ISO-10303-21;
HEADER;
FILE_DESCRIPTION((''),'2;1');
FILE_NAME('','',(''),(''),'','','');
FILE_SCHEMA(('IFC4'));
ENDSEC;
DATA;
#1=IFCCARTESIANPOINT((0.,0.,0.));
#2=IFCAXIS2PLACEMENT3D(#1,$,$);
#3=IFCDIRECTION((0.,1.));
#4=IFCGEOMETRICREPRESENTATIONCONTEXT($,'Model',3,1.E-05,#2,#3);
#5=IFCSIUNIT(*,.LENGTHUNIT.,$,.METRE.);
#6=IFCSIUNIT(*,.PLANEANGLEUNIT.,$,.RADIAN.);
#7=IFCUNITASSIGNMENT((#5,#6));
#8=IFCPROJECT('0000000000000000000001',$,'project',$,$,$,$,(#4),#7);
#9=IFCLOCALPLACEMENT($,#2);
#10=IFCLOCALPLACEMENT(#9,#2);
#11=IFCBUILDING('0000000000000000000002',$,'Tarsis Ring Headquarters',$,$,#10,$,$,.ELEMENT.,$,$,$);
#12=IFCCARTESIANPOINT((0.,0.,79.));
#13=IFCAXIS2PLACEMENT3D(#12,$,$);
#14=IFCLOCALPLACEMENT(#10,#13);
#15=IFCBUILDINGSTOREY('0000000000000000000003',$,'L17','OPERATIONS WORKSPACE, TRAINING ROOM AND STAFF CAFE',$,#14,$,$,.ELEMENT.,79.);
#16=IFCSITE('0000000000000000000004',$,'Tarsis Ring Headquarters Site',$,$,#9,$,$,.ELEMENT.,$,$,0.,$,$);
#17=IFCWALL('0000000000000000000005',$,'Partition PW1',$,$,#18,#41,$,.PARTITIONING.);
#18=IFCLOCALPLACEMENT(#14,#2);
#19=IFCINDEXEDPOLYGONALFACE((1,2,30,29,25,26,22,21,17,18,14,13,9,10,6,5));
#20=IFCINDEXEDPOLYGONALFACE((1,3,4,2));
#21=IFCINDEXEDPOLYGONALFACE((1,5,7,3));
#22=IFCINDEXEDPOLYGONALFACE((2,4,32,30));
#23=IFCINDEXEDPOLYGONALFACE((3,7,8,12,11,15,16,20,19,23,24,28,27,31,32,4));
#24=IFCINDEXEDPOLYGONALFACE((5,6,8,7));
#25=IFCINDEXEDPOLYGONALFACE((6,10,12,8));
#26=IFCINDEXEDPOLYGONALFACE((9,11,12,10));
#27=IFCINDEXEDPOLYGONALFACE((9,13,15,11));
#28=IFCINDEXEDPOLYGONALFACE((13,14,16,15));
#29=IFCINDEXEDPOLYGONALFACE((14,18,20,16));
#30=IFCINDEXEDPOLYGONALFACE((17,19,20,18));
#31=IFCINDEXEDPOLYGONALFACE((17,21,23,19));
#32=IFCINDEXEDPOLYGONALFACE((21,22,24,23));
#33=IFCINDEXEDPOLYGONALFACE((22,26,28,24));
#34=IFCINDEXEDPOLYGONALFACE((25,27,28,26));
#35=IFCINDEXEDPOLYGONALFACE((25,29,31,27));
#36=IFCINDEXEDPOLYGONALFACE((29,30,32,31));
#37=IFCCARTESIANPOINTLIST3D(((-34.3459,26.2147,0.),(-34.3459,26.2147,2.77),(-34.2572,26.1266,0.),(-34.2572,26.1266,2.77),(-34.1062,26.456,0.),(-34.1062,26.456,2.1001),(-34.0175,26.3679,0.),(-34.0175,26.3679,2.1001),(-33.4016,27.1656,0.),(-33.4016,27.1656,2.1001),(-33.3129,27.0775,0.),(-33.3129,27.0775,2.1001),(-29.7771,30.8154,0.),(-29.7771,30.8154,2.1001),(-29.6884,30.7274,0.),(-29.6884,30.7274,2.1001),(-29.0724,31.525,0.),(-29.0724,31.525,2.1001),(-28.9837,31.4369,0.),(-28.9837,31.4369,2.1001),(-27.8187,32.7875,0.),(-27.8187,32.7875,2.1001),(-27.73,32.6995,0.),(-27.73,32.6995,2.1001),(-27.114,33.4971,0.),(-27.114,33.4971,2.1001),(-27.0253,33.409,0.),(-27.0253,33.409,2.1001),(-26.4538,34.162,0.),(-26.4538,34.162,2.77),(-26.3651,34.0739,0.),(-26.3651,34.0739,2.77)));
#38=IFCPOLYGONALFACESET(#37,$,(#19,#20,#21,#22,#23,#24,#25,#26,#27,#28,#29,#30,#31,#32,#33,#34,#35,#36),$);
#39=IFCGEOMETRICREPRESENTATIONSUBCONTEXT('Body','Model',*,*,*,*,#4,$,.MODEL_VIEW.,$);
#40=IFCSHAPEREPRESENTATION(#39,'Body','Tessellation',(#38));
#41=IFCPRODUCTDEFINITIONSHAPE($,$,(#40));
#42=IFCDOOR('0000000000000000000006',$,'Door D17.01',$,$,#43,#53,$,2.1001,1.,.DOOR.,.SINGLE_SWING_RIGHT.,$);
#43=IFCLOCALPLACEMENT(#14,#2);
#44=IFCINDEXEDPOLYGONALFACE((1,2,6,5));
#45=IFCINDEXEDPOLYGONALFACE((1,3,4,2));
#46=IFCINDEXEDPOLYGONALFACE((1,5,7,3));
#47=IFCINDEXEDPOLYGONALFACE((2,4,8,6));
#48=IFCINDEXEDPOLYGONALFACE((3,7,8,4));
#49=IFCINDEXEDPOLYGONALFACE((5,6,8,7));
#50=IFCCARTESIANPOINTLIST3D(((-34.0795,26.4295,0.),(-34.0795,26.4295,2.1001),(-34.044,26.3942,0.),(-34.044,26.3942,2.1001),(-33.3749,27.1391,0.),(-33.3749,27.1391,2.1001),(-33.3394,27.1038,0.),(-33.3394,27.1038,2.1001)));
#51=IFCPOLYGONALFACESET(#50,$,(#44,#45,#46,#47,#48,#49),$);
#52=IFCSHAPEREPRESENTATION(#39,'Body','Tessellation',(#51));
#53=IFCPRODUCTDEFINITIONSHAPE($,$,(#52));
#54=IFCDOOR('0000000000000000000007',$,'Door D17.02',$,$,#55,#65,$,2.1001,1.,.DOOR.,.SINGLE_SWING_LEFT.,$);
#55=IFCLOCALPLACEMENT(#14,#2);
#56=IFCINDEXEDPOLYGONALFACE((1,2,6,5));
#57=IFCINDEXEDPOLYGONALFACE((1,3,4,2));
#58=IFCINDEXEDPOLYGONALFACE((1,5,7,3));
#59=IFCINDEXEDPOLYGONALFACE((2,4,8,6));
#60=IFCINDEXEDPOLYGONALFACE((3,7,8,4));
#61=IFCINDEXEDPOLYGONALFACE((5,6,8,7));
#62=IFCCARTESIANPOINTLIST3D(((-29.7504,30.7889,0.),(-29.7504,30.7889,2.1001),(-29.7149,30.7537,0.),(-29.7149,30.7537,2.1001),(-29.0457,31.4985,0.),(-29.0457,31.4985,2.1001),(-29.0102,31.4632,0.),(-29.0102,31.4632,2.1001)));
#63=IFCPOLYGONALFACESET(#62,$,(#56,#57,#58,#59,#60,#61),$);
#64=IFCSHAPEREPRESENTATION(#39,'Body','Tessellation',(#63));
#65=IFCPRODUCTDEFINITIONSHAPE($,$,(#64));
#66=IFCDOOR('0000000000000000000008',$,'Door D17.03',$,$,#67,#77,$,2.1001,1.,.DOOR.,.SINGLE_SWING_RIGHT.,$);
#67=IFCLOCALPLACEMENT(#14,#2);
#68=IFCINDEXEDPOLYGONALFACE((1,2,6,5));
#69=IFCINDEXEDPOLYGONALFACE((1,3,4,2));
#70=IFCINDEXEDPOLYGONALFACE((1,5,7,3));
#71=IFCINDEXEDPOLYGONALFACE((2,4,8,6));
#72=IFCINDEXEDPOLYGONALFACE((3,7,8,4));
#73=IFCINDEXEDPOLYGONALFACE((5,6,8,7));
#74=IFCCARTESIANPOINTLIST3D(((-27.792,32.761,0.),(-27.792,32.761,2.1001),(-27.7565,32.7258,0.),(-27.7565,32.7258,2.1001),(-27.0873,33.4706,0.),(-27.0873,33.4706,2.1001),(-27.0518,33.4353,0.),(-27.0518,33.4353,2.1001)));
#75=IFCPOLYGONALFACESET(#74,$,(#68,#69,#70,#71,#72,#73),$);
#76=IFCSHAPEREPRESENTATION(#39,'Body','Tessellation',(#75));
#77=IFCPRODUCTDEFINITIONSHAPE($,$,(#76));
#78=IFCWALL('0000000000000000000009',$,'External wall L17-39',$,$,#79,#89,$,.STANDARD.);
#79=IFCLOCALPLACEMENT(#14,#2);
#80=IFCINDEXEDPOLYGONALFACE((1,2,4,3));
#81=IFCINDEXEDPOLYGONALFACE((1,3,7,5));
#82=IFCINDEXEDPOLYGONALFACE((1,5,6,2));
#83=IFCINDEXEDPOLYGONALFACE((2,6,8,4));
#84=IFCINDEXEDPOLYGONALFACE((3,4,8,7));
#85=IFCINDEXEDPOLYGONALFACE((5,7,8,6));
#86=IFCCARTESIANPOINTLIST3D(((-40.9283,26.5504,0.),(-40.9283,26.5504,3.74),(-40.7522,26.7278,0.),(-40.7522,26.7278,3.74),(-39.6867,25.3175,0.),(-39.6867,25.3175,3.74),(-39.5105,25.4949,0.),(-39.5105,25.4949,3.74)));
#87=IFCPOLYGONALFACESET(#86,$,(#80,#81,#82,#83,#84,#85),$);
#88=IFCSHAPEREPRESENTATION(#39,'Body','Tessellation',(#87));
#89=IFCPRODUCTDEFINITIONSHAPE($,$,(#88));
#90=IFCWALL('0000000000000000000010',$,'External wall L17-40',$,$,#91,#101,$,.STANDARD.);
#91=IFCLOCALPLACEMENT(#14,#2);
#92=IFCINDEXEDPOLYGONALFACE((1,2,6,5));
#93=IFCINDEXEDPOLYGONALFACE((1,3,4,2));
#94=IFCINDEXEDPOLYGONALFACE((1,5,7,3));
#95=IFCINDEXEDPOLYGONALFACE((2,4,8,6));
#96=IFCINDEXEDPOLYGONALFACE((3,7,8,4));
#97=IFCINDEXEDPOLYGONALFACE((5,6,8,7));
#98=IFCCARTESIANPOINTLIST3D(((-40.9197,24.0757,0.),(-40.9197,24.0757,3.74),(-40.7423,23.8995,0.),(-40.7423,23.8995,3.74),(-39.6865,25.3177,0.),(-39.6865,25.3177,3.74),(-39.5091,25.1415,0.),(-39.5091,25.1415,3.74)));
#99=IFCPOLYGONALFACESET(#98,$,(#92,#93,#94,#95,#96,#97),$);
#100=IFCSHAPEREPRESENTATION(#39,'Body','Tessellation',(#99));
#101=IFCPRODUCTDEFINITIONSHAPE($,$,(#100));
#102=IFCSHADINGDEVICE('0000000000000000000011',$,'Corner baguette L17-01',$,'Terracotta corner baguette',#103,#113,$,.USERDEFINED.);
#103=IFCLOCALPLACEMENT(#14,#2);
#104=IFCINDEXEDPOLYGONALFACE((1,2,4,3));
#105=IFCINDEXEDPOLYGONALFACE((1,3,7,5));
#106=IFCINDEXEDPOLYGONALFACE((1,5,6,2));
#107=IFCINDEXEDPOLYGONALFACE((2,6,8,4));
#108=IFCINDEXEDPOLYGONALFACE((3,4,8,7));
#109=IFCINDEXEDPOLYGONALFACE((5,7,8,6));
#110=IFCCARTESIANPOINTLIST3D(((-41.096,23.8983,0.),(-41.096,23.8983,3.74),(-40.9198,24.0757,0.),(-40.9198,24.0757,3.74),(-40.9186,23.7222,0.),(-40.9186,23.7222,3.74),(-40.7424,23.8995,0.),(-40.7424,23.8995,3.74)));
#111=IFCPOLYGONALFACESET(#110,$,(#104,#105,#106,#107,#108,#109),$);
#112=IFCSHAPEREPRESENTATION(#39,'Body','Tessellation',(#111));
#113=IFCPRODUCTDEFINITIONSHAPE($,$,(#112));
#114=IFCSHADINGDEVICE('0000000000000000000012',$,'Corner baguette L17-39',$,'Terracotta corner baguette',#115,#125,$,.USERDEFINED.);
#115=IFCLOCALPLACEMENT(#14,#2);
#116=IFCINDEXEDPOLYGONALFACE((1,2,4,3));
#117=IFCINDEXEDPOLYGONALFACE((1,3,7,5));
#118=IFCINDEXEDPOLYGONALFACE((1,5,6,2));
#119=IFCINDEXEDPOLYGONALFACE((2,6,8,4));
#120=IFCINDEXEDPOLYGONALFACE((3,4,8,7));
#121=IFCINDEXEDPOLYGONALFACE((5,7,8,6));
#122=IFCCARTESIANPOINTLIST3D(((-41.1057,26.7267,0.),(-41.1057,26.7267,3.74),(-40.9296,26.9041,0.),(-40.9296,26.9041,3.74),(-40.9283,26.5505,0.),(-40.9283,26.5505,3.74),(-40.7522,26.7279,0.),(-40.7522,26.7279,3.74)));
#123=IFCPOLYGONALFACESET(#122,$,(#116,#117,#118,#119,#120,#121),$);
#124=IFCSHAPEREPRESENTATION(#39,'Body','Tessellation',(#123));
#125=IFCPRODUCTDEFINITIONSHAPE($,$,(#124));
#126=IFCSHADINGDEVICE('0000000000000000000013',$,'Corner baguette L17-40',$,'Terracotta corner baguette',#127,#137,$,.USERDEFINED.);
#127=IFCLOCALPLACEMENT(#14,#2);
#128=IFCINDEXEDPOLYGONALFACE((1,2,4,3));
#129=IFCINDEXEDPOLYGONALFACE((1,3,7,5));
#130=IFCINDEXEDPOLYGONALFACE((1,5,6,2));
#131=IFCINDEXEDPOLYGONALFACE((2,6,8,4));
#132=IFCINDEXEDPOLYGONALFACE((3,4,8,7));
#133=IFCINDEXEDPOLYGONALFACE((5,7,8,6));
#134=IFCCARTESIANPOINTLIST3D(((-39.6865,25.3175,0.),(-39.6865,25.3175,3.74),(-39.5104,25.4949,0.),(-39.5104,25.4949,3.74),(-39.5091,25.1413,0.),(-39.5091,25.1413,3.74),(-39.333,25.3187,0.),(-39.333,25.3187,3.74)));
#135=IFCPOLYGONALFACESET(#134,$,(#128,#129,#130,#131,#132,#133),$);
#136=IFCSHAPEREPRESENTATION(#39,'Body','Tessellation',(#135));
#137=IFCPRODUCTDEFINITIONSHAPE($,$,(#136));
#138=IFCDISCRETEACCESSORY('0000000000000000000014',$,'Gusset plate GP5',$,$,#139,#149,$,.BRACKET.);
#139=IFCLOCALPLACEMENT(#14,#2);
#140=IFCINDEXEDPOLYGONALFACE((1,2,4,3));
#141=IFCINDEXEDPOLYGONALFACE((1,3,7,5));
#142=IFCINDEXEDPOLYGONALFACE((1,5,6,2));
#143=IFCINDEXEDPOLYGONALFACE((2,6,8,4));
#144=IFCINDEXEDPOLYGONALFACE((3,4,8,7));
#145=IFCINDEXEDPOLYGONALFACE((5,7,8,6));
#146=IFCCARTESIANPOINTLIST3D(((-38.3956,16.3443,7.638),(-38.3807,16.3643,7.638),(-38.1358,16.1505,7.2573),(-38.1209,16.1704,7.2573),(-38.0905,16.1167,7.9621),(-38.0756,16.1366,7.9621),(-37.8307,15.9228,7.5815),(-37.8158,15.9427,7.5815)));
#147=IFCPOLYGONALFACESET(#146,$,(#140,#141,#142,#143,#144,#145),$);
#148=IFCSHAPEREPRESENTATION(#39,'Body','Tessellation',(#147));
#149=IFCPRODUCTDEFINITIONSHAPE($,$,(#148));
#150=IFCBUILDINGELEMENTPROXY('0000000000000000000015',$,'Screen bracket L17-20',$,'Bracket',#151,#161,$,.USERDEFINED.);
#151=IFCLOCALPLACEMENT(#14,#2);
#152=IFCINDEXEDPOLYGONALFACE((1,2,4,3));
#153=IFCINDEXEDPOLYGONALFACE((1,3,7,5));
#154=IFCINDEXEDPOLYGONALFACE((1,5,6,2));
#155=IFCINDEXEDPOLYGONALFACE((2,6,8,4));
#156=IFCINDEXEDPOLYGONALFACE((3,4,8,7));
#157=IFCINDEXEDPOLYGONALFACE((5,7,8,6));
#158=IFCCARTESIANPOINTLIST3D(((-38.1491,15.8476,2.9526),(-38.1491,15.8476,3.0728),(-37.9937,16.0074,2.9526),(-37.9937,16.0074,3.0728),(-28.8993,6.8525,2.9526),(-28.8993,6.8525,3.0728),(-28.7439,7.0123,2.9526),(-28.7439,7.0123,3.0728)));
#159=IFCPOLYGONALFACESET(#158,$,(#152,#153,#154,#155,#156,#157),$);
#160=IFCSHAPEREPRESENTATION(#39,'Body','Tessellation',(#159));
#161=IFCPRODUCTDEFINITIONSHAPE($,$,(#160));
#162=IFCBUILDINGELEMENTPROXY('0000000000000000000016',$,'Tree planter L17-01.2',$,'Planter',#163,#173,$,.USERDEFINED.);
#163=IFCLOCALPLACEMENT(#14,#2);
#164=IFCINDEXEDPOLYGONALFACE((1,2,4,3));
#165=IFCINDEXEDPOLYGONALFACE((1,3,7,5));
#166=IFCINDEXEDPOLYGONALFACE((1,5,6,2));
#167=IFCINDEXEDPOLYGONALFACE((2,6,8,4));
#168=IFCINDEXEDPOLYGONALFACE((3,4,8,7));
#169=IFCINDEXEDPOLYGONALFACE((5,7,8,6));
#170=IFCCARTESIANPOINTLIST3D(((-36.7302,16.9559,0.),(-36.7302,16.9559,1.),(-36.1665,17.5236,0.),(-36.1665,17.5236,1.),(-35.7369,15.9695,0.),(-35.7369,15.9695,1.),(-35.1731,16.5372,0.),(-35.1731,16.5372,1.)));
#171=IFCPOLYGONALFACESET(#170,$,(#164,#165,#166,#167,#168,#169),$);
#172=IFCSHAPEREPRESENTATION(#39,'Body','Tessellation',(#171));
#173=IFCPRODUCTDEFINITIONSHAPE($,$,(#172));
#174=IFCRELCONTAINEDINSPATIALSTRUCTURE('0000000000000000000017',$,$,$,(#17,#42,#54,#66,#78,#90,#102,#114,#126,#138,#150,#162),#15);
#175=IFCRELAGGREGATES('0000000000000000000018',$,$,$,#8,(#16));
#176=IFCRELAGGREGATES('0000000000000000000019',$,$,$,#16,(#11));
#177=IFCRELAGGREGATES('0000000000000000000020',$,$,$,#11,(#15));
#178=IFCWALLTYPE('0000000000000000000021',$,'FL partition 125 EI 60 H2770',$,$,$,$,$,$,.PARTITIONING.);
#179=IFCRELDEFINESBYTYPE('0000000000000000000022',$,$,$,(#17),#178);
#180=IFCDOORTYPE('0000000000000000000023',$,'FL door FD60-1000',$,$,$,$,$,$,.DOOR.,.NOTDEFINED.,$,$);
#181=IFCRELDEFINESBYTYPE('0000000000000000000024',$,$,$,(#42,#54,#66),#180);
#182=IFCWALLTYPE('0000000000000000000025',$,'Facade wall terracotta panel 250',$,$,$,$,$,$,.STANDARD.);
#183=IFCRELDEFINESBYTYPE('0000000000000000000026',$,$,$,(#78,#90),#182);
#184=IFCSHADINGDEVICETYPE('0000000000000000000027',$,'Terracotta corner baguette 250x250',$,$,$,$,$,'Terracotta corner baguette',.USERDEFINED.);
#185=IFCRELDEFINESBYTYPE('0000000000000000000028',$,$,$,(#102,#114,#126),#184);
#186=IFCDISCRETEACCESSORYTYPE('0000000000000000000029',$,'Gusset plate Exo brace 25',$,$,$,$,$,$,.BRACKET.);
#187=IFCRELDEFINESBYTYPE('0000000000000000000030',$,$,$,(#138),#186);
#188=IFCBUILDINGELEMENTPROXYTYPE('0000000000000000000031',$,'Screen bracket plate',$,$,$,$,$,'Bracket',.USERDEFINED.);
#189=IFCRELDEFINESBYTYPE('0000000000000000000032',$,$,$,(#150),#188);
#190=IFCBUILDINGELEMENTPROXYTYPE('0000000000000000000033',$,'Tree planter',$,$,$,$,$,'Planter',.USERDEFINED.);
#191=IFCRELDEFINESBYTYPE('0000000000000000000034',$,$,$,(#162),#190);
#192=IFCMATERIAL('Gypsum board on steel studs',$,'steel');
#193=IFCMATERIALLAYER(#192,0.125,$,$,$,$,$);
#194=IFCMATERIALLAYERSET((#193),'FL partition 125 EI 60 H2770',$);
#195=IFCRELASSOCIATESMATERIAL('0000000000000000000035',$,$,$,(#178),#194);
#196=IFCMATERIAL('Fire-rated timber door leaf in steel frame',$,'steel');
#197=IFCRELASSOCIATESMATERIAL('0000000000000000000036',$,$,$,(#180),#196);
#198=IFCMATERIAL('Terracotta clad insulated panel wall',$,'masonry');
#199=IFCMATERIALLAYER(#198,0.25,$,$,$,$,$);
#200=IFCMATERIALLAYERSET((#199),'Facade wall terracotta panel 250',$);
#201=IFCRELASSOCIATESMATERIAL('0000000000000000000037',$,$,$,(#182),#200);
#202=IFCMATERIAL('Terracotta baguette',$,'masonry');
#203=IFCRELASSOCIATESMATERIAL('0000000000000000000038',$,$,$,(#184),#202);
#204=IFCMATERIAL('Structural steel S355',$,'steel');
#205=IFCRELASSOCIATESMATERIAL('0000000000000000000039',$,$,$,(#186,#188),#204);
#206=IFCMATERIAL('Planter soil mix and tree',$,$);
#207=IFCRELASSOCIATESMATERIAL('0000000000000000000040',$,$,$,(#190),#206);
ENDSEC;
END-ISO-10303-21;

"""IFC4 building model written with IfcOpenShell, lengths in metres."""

from ifc_helpers import new_model, si_unit, direction, frame, frame_2d, origin, origin_2d, place, context, subcontext, project, spatial, rectangle, extrude, material, layer, layer_set, material_profile, profile_set, type_object, element, fill, save


model = new_model("IFC4")

# Units and contexts
model_context = context("Model", 3, precision=1e-05, world=origin(), true_north=direction((0.0, 1.0)))
body_context = subcontext(model_context, "Body", "Model", "MODEL_VIEW")
ifc_project = project(units=[si_unit("LENGTHUNIT", "METRE"), si_unit("PLANEANGLEUNIT", "RADIAN")], contexts=[model_context])

# Site, building, storey
site_placement = place(None, origin())
site = spatial("IfcSite", under=ifc_project, at=site_placement, Name="Tarsis Ring Headquarters Site", CompositionType="ELEMENT", RefElevation=0.0)
building_placement = place(site_placement, origin())
building = spatial("IfcBuilding", under=site, at=building_placement, Name="Tarsis Ring Headquarters", CompositionType="ELEMENT")
storey_placement = place(building_placement, frame((0.0, 0.0, 79.0)))
storey = spatial("IfcBuildingStorey", under=building, at=storey_placement, Name="L17", Description="OPERATIONS WORKSPACE, TRAINING ROOM AND STAFF CAFE", CompositionType="ELEMENT", Elevation=79.0)

# Shared definitions
ifc_material_1 = material(Name="Structural steel S355", Category="steel")

# Wall, openings, doors
ifc_material_2 = material(Name="Gypsum board on steel studs", Category="steel")
ifc_layer_1 = layer(ifc_material_2, 0.125)
ifc_layer_set_1 = layer_set([ifc_layer_1], Name="FL partition 125 EI 60 H2770")
wall_type_1 = type_object("IfcWallType", Name="FL partition 125 EI 60 H2770", PredefinedType="PARTITIONING", material=ifc_layer_set_1)
ifc_material_3 = material(Name="Fire-rated timber door leaf in steel frame", Category="steel")
door_type_1 = type_object("IfcDoorType", Name="FL door FD60-1000", OperationType="NOTDEFINED", PredefinedType="DOOR", material=ifc_material_3)
wall_1_placement = place(storey_placement, frame((-34.3015, 26.1707, 0.0), z_axis=(0.0, 0.0, 1.0), x_axis=(0.704639, 0.709566, 0.0)))
wall_1 = element("IfcWall", 1, at=wall_1_placement, inside=storey, type_object=wall_type_1, Name="Partition PW1", PredefinedType="PARTITIONING", context=body_context, shape_type="SweptSolid", body=[
    extrude(rectangle(XDim=11.2002, YDim=0.125, at=frame_2d((5.6001, 0.0))), origin(), (0.0, 0.0, 1.0), 2.77),
])
opening_1_placement = place(wall_1_placement, frame((0.3401, 0.0, 0.0)))
opening_1 = element("IfcOpeningElement", 2, at=opening_1_placement, cuts=wall_1, PredefinedType="OPENING", context=body_context, shape_type="SweptSolid", body=[
    extrude(rectangle(XDim=1.0, YDim=2.1001, at=frame_2d((0.5, 1.05))), frame((0.0, 0.0725, 0.0), z_axis=(0.0, -1.0, 0.0), x_axis=(1.0, 0.0, 0.0)), (0.0, 0.0, 1.0), 0.145),
])
opening_2_placement = place(wall_1_placement, frame((6.4839, 0.0, 0.0)))
opening_2 = element("IfcOpeningElement", 3, at=opening_2_placement, cuts=wall_1, PredefinedType="OPENING", context=body_context, shape_type="SweptSolid", body=[
    extrude(rectangle(XDim=1.0, YDim=2.1001, at=frame_2d((0.5, 1.05))), frame((0.0, 0.0725, 0.0), z_axis=(0.0, -1.0, 0.0), x_axis=(1.0, 0.0, 0.0)), (0.0, 0.0, 1.0), 0.145),
])
opening_3_placement = place(wall_1_placement, frame((9.2632, 0.0, 0.0)))
opening_3 = element("IfcOpeningElement", 4, at=opening_3_placement, cuts=wall_1, PredefinedType="OPENING", context=body_context, shape_type="SweptSolid", body=[
    extrude(rectangle(XDim=1.0, YDim=2.1001, at=frame_2d((0.5, 1.05))), frame((0.0, 0.0725, 0.0), z_axis=(0.0, -1.0, 0.0), x_axis=(1.0, 0.0, 0.0)), (0.0, 0.0, 1.0), 0.145),
])
door_1_placement = place(opening_1_placement, origin())
door_1 = element("IfcDoor", 5, at=door_1_placement, inside=storey, type_object=door_type_1, Name="Door D17.01", OperationType="SINGLE_SWING_RIGHT", OverallHeight=2.1001, OverallWidth=1.0, PredefinedType="DOOR", context=body_context, shape_type="SweptSolid", body=[
    extrude(rectangle(XDim=1.0, YDim=2.1001, at=frame_2d((0.5, 1.05))), frame((0.0, 0.0249, 0.0), z_axis=(0.0, -1.0, 0.0), x_axis=(1.0, 0.0, 0.0)), (0.0, 0.0, 1.0), 0.05),
])
fill(opening_1, door_1)
door_2_placement = place(opening_2_placement, origin())
door_2 = element("IfcDoor", 6, at=door_2_placement, inside=storey, type_object=door_type_1, Name="Door D17.02", OperationType="SINGLE_SWING_LEFT", OverallHeight=2.1001, OverallWidth=1.0, PredefinedType="DOOR", context=body_context, shape_type="SweptSolid", body=[
    extrude(rectangle(XDim=1.0, YDim=2.1001, at=frame_2d((0.5, 1.05))), frame((0.0, 0.0249, 0.0), z_axis=(0.0, -1.0, 0.0), x_axis=(1.0, 0.0, 0.0)), (0.0, 0.0, 1.0), 0.05),
])
fill(opening_2, door_2)
door_3_placement = place(opening_3_placement, origin())
door_3 = element("IfcDoor", 7, at=door_3_placement, inside=storey, type_object=door_type_1, Name="Door D17.03", OperationType="SINGLE_SWING_RIGHT", OverallHeight=2.1001, OverallWidth=1.0, PredefinedType="DOOR", context=body_context, shape_type="SweptSolid", body=[
    extrude(rectangle(XDim=1.0, YDim=2.1001, at=frame_2d((0.5, 1.05))), frame((0.0, 0.0249, 0.0), z_axis=(0.0, -1.0, 0.0), x_axis=(1.0, 0.0, 0.0)), (0.0, 0.0, 1.0), 0.05),
])
fill(opening_3, door_3)

# Shared definitions
ifc_material_4 = material(Name="Terracotta clad insulated panel wall", Category="masonry")
ifc_layer_2 = layer(ifc_material_4, 0.25)
ifc_layer_set_2 = layer_set([ifc_layer_2], Name="Facade wall terracotta panel 250")
wall_type_2 = type_object("IfcWallType", Name="Facade wall terracotta panel 250", PredefinedType="STANDARD", material=ifc_layer_set_2)

# Walls
wall_2_placement = place(storey_placement, frame((-40.8403, 26.6392, 0.0), z_axis=(0.0, 0.0, 1.0), x_axis=(0.709614, -0.704591, 0.0)))
element("IfcWall", 8, at=wall_2_placement, inside=storey, type_object=wall_type_2, Name="External wall L17-39", PredefinedType="STANDARD", context=body_context, shape_type="SweptSolid", body=[
    extrude(rectangle(XDim=1.7498, YDim=0.25, at=frame_2d((0.875, 0.0))), origin(), (0.0, 0.0, 1.0), 3.74),
])
wall_3_placement = place(storey_placement, frame((-39.5979, 25.2295, 0.0), z_axis=(0.0, 0.0, 1.0), x_axis=(-0.704591, -0.709613, 0.0)))
element("IfcWall", 9, at=wall_3_placement, inside=storey, type_object=wall_type_2, Name="External wall L17-40", PredefinedType="STANDARD", context=body_context, shape_type="SweptSolid", body=[
    extrude(rectangle(XDim=1.7502, YDim=0.25, at=frame_2d((0.875, 0.0))), origin(), (0.0, 0.0, 1.0), 3.74),
])

# Shading devices
ifc_material_5 = material(Name="Terracotta baguette", Category="masonry")
shading_device_type_1 = type_object("IfcShadingDeviceType", Name="Terracotta corner baguette 250x250", ElementType="Terracotta corner baguette", PredefinedType="USERDEFINED", material=ifc_material_5)
for number, where, z_axis, x_axis, name in (
    (10, (-40.9192, 23.8989, 0.0), (0.0, 0.0, 1.0), (-0.704634, -0.709571, 0.0), "Corner baguette L17-01"),
    (11, (-40.929, 26.7273, 0.0), (0.0, 0.0, 1.0), (-0.704634, -0.709571, 0.0), "Corner baguette L17-39"),
    (12, (-39.5098, 25.3181, 0.0), (0.0, 0.0, 1.0), (0.709571, -0.704634, 0.0), "Corner baguette L17-40"),
):
    element("IfcShadingDevice", number, at=place(storey_placement, frame(where, z_axis=z_axis, x_axis=x_axis)), inside=storey, type_object=shading_device_type_1, Name=name, ObjectType="Terracotta corner baguette", PredefinedType="USERDEFINED", context=body_context, shape_type="SweptSolid", body=[
        extrude(rectangle(XDim=0.25, YDim=0.25, at=origin_2d()), origin(), (0.0, 0.0, 1.0), 3.74),
    ])

# Discrete accessory
ifc_material_profile_1 = material_profile(ifc_material_1, rectangle(XDim=0.0249, YDim=0.5, at=origin_2d()), Name="PL 25x500")
ifc_profile_set_1 = profile_set([ifc_material_profile_1], Name="Structural steel S355")
discrete_accessory_type = type_object("IfcDiscreteAccessoryType", Name="Gusset plate Exo brace 25", PredefinedType="BRACKET", material=ifc_profile_set_1)
discrete_accessory_placement = place(storey_placement, frame((-38.2356, 16.2405, 7.8), z_axis=(0.519611, -0.387755, -0.761348), x_axis=(0.59807, 0.801444, 0.0)))
element("IfcDiscreteAccessory", 13, at=discrete_accessory_placement, inside=storey, type_object=discrete_accessory_type, Name="Gusset plate GP5", PredefinedType="BRACKET", context=body_context, shape_type="SweptSolid", body=[
    extrude(rectangle(XDim=0.0249, YDim=0.5, at=origin_2d()), origin(), (0.0, 0.0, 1.0), 0.5),
])

# Building element proxies
building_element_proxy_type_1 = type_object("IfcBuildingElementProxyType", Name="Screen bracket plate", ElementType="Bracket", PredefinedType="USERDEFINED", material=ifc_material_1)
proxy_1_placement = place(storey_placement, frame((-33.4465, 11.4299, 2.9526), z_axis=(0.0, 0.0, 1.0), x_axis=(0.716911, -0.697165, 0.0)))
element("IfcBuildingElementProxy", 14, at=proxy_1_placement, inside=storey, type_object=building_element_proxy_type_1, Name="Screen bracket L17-20", ObjectType="Bracket", PredefinedType="USERDEFINED", context=body_context, shape_type="SweptSolid", body=[
    extrude(rectangle(XDim=12.9023, YDim=0.2229, at=origin_2d()), origin(), (0.0, 0.0, 1.0), 0.1201),
])
ifc_material_6 = material(Name="Planter soil mix and tree")
building_element_proxy_type_2 = type_object("IfcBuildingElementProxyType", Name="Tree planter", ElementType="Planter", PredefinedType="USERDEFINED", material=ifc_material_6)
proxy_2_placement = place(storey_placement, frame((-35.9517, 16.7466, 0.0), z_axis=(0.0, 0.0, 1.0), x_axis=(0.709571, -0.704634, 0.0)))
element("IfcBuildingElementProxy", 15, at=proxy_2_placement, inside=storey, type_object=building_element_proxy_type_2, Name="Tree planter L17-01.2", ObjectType="Planter", PredefinedType="USERDEFINED", context=body_context, shape_type="SweptSolid", body=[
    extrude(rectangle(XDim=1.3999, YDim=0.8, at=origin_2d()), origin(), (0.0, 0.0, 1.0), 1.0),
])

save(model, "model.ifc")
